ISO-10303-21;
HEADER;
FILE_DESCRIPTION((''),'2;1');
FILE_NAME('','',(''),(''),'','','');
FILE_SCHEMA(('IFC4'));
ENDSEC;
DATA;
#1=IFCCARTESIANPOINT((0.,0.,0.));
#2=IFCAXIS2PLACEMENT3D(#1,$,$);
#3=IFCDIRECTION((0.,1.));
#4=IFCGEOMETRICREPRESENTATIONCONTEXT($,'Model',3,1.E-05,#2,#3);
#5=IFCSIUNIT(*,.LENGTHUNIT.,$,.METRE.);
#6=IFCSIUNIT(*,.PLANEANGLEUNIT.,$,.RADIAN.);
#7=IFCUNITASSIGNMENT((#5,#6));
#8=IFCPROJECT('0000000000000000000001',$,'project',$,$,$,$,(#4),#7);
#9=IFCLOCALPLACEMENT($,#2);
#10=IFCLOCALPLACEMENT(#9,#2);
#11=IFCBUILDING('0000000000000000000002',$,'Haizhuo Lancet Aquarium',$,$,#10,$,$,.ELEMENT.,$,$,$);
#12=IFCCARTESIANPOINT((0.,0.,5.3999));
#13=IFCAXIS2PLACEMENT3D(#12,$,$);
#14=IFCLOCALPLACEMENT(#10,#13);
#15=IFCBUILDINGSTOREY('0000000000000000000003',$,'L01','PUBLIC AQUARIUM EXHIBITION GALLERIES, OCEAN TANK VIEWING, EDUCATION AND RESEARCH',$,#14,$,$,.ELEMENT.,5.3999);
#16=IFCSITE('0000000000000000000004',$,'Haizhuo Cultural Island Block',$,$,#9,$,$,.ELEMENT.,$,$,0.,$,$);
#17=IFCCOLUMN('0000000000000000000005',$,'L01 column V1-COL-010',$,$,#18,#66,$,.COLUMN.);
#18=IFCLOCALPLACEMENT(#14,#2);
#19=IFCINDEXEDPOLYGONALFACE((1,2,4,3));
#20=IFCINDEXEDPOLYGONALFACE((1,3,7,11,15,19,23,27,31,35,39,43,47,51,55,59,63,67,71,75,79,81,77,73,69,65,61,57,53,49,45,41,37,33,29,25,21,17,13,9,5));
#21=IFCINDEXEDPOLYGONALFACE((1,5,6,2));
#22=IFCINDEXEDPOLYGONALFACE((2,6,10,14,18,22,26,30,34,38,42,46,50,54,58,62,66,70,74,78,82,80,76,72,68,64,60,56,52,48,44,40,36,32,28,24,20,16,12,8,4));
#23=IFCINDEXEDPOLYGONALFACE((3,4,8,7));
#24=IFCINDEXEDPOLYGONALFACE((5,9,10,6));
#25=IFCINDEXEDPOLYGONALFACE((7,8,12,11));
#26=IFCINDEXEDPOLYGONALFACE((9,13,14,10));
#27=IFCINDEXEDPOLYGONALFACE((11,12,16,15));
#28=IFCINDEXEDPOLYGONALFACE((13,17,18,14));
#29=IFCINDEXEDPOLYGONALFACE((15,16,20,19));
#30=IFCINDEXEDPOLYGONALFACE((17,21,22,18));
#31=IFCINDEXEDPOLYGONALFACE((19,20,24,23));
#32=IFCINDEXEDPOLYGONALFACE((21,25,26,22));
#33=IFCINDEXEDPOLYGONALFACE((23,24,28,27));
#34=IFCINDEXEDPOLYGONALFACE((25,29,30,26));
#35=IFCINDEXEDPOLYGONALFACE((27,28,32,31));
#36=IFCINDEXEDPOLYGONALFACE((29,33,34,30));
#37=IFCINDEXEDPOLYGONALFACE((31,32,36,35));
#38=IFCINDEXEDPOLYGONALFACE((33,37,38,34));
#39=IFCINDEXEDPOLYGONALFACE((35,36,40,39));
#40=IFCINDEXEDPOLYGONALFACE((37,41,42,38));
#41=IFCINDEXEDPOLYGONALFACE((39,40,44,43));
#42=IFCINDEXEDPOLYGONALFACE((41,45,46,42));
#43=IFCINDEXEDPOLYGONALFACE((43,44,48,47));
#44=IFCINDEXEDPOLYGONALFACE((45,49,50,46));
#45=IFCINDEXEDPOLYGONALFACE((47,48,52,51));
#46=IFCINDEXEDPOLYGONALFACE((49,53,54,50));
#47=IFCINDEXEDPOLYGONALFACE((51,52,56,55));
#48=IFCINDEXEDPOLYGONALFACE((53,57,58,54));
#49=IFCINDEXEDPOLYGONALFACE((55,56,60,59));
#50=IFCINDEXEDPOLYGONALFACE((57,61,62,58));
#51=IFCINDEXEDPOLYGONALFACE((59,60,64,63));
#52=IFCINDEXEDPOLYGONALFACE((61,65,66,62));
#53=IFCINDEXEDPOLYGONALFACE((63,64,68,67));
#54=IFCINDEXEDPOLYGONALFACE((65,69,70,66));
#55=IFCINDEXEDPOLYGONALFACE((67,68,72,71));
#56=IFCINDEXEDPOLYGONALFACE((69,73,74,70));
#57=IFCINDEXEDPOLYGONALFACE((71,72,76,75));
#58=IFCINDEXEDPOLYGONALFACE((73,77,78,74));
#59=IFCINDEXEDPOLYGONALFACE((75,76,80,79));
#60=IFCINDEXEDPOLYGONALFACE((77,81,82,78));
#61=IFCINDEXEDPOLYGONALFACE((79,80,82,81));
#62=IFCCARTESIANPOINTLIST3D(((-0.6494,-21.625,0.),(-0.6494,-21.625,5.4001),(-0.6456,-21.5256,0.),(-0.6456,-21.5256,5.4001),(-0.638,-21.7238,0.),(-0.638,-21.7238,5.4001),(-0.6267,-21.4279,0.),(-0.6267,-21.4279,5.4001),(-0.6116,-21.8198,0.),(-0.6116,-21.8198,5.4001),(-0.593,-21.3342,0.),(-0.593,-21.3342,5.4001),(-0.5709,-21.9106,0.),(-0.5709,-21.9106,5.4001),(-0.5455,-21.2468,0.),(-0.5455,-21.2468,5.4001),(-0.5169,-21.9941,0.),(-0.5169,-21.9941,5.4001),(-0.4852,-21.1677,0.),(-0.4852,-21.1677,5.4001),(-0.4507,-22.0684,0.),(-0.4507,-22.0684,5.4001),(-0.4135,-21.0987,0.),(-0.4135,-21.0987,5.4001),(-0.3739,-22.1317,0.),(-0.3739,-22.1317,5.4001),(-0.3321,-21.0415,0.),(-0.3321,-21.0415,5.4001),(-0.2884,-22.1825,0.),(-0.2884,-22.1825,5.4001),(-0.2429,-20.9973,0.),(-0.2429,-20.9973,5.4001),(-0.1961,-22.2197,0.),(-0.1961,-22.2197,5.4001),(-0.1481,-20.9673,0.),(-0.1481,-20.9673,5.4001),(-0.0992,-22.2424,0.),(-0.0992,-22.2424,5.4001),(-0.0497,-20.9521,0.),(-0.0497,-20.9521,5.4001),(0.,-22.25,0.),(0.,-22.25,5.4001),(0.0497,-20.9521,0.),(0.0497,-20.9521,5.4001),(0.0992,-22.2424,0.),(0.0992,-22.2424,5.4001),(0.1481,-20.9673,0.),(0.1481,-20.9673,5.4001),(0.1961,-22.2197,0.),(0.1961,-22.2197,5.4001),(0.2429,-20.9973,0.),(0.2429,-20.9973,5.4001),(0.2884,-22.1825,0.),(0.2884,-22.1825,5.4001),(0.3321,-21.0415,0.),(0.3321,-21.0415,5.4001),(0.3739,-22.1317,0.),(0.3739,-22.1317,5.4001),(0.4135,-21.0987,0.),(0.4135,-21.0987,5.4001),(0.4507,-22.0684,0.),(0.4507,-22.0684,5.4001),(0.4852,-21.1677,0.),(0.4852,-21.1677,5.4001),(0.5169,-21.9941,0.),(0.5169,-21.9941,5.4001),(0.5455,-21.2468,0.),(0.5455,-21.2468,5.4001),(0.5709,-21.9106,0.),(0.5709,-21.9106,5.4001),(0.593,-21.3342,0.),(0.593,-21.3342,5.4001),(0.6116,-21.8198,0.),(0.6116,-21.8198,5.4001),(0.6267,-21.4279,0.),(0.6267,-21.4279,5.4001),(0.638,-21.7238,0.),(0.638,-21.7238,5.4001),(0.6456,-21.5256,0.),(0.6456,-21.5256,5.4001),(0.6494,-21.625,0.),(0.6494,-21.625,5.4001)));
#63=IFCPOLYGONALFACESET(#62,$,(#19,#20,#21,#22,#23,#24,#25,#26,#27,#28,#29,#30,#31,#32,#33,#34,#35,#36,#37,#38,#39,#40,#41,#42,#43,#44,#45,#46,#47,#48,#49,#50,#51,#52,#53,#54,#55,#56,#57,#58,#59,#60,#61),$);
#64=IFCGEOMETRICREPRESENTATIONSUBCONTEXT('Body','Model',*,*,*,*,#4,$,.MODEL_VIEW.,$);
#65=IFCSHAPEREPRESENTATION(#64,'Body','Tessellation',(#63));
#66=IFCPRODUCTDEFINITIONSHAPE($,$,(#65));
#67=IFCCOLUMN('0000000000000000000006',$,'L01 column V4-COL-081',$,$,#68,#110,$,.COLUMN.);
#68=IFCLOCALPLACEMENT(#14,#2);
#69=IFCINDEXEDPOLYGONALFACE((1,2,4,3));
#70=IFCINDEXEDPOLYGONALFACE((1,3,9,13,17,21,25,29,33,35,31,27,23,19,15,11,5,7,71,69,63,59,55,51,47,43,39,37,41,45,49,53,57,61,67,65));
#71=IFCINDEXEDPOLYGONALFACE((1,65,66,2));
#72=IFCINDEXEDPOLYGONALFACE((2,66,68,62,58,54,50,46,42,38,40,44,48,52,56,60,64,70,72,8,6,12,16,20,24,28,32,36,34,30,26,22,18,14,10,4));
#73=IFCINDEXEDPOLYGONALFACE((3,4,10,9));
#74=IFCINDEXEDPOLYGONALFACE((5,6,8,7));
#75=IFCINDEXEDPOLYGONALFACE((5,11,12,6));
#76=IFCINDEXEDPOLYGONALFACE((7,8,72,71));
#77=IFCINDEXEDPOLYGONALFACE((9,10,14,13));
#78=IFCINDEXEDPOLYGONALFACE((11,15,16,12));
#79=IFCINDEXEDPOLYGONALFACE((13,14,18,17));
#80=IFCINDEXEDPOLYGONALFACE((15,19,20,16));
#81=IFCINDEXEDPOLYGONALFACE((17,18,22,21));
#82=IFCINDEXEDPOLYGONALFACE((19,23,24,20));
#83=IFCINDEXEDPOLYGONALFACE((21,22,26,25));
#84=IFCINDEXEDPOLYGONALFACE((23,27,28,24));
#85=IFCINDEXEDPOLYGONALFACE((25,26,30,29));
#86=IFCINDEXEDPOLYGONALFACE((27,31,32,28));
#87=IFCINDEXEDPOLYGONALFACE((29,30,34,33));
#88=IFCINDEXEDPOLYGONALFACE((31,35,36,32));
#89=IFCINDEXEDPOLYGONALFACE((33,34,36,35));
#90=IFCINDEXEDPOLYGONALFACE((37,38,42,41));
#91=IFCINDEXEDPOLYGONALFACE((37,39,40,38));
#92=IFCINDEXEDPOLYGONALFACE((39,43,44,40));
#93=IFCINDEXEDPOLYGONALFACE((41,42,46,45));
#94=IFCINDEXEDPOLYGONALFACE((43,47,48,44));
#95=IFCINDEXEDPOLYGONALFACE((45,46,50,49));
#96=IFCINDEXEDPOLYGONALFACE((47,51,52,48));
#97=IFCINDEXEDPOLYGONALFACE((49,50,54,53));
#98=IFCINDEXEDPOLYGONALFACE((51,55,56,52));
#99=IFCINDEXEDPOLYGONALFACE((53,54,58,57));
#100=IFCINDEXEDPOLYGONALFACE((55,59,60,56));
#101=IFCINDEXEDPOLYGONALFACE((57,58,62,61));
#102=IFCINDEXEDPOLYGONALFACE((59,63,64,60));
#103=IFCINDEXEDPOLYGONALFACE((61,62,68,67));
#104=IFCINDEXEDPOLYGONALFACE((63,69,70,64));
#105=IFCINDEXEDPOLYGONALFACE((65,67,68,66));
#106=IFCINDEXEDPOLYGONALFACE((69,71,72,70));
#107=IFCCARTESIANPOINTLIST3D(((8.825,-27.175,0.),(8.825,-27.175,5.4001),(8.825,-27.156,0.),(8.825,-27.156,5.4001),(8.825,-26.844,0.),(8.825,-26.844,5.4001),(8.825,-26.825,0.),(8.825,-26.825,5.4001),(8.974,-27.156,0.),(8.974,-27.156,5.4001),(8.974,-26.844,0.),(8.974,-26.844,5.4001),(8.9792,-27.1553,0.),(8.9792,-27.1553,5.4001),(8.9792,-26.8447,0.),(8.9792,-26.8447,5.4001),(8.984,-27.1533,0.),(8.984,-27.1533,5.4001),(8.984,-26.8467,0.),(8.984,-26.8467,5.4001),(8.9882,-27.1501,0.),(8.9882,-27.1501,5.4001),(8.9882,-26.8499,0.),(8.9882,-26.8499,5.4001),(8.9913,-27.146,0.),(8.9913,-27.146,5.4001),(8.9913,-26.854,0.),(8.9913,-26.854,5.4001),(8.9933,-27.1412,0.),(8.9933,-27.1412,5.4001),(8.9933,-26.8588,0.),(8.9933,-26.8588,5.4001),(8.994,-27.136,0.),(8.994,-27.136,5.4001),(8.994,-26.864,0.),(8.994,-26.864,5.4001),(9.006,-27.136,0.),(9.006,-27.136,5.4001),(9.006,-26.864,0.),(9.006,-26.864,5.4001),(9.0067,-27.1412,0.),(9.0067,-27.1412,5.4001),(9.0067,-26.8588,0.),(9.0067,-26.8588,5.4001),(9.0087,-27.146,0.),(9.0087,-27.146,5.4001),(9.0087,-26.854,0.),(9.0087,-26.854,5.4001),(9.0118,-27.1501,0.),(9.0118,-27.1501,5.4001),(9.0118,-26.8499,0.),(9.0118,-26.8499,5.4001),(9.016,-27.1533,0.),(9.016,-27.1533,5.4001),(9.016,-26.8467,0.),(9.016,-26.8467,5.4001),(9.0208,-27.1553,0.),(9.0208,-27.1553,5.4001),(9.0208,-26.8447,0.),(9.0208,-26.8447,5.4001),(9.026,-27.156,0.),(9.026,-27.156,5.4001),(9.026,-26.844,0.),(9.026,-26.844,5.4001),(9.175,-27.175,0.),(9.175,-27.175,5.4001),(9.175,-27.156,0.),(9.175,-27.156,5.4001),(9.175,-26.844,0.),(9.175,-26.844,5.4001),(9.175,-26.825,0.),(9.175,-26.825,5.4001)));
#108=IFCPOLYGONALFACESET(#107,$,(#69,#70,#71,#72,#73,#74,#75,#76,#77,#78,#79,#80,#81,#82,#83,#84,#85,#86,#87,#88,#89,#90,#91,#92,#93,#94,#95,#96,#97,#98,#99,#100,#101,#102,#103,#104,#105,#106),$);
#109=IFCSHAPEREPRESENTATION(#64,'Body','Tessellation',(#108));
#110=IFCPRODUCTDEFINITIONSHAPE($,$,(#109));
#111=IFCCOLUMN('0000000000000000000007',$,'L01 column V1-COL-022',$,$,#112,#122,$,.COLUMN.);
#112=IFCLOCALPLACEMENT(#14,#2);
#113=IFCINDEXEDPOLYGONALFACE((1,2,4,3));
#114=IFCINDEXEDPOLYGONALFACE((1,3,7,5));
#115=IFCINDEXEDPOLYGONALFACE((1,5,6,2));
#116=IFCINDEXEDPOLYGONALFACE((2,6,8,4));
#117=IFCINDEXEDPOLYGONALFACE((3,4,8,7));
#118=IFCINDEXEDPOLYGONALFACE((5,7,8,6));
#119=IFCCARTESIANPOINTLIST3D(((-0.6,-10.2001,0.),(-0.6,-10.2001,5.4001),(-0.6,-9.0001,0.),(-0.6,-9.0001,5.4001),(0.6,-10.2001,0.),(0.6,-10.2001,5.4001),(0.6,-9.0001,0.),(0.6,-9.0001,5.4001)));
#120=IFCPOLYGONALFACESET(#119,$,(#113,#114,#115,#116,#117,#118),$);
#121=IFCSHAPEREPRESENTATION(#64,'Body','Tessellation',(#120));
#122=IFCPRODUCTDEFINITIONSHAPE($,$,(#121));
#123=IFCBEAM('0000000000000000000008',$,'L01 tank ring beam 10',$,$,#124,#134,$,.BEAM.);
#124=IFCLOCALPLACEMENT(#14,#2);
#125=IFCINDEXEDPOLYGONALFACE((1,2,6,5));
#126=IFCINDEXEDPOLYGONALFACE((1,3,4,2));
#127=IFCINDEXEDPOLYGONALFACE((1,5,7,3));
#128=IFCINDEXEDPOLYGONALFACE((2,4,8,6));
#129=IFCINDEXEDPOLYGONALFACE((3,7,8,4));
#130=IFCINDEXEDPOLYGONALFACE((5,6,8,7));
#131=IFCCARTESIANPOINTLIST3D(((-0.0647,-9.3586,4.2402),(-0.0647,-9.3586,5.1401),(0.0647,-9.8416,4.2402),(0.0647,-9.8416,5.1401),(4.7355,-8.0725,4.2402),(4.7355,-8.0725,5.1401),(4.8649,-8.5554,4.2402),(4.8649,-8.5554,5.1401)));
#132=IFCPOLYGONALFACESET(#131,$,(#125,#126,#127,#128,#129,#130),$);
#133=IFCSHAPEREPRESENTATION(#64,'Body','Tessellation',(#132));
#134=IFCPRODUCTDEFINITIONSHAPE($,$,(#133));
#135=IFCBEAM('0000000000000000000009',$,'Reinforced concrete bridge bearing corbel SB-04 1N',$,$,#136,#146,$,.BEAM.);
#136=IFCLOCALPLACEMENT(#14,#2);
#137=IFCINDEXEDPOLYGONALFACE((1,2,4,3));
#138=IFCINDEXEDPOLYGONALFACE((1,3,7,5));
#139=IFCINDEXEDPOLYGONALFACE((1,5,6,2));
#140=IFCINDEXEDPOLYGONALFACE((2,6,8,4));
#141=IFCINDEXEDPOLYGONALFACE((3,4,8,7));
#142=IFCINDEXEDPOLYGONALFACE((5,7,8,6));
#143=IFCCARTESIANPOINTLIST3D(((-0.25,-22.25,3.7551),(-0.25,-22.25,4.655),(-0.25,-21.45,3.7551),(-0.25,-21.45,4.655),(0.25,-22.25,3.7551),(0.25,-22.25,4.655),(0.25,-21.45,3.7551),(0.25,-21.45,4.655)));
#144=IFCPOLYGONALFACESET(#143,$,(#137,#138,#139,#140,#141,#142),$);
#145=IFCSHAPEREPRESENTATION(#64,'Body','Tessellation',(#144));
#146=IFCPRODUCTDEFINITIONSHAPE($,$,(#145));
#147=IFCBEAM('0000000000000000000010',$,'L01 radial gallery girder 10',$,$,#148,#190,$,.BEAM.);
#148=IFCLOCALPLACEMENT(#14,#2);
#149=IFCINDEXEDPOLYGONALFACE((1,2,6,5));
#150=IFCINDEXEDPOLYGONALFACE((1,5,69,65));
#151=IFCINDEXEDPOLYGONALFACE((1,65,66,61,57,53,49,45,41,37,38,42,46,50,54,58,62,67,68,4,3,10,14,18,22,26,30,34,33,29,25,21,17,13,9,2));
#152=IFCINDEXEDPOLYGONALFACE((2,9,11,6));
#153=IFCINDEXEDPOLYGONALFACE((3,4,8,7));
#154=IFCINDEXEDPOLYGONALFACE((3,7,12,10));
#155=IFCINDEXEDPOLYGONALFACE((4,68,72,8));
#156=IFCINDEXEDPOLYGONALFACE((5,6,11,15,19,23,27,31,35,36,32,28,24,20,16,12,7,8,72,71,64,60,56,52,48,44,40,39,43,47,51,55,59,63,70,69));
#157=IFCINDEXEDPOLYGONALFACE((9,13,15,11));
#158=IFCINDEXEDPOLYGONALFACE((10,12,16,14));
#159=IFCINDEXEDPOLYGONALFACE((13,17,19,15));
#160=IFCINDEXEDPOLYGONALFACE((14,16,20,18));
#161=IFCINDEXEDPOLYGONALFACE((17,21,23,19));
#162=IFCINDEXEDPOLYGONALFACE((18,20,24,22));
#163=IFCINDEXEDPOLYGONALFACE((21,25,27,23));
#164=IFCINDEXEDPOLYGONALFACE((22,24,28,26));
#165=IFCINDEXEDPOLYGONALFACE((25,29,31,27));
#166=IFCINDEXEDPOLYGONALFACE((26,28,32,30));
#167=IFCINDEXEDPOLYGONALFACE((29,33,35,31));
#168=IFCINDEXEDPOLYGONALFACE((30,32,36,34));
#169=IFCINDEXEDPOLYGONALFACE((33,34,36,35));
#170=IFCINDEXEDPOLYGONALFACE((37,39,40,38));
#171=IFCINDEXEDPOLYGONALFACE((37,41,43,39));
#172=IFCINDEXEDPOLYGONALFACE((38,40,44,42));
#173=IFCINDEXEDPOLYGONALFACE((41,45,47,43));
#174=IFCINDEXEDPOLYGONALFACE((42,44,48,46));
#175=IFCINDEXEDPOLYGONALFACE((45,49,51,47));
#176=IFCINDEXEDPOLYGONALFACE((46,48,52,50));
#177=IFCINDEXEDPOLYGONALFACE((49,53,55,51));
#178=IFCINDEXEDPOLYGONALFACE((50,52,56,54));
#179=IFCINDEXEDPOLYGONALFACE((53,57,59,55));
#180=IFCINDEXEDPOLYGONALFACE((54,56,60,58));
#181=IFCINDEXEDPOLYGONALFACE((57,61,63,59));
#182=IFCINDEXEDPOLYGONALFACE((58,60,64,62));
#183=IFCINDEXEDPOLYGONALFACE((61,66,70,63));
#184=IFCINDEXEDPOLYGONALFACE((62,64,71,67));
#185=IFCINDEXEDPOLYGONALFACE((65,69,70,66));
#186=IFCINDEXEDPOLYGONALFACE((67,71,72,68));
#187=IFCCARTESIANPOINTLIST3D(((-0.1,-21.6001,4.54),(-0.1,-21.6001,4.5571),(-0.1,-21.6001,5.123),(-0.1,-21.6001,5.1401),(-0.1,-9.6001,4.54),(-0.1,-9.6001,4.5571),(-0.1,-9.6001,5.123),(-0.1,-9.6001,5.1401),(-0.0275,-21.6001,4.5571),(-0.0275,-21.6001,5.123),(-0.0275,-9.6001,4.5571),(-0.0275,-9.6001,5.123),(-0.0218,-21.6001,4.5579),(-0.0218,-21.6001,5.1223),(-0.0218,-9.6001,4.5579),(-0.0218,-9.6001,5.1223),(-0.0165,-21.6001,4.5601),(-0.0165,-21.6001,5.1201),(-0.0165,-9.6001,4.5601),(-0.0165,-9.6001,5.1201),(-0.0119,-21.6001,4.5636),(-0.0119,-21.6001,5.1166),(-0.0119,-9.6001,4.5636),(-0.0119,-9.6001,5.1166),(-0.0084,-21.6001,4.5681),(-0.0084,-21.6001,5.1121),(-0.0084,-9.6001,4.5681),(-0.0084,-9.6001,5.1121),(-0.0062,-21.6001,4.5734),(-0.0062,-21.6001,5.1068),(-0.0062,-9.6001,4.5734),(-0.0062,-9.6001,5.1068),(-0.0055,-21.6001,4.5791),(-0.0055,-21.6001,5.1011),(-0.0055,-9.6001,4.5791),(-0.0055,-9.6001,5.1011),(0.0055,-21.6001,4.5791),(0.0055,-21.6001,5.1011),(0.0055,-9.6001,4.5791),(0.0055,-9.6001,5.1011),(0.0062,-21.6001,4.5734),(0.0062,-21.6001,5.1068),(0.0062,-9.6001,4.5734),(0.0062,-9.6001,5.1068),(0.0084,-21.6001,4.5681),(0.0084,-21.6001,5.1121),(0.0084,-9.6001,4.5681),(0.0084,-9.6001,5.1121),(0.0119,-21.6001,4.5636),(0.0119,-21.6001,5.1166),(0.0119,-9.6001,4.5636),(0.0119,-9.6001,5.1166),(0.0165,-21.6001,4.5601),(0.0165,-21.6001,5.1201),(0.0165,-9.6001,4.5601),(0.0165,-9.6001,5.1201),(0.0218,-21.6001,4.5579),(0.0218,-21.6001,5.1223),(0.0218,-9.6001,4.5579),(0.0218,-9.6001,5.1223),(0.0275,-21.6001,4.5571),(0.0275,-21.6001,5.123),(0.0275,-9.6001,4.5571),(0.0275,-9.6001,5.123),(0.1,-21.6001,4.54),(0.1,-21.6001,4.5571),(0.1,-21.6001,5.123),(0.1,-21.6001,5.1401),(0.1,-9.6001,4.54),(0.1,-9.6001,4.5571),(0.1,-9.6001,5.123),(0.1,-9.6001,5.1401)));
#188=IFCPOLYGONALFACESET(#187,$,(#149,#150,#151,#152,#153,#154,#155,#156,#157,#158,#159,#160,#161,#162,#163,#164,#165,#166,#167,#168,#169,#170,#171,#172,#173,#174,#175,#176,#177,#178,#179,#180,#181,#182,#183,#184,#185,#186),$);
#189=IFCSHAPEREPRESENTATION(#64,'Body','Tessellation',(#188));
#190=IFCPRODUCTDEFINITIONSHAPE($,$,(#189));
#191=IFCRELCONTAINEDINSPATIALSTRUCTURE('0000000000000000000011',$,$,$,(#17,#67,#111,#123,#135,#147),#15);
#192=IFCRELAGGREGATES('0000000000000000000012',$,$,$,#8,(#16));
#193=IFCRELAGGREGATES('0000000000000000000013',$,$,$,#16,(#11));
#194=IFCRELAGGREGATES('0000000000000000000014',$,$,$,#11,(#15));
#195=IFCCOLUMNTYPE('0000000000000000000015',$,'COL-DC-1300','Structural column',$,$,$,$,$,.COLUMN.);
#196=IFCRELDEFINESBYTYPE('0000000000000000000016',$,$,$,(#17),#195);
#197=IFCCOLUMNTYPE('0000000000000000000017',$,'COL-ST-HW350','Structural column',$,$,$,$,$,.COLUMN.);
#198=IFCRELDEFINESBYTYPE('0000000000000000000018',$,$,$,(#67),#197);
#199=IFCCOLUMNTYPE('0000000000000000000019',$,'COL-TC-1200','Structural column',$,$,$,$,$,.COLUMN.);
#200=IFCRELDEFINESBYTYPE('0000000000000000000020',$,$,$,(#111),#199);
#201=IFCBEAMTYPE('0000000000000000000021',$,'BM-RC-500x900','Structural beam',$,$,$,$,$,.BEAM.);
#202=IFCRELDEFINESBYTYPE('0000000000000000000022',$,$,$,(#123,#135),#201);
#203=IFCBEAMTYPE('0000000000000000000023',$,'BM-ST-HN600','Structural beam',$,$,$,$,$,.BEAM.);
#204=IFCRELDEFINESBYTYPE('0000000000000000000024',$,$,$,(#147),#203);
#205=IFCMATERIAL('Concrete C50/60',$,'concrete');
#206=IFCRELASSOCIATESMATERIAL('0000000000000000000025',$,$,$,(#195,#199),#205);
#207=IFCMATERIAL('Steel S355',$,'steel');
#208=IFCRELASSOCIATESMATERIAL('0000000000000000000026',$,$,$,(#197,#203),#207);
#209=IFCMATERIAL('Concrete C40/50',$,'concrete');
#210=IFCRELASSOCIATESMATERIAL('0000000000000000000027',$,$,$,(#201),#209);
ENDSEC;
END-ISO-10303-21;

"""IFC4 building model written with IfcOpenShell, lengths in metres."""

from ifc_helpers import new_model, si_unit, direction, frame, origin, origin_2d, place, context, subcontext, project, spatial, rectangle, circle, i_section, extrude, material, material_profile, profile_set, type_object, element, save


model = new_model("IFC4")

# Units and contexts
model_context = context("Model", 3, precision=1e-05, world=origin(), true_north=direction((0.0, 1.0)))
body_context = subcontext(model_context, "Body", "Model", "MODEL_VIEW")
ifc_project = project(units=[si_unit("LENGTHUNIT", "METRE"), si_unit("PLANEANGLEUNIT", "RADIAN")], contexts=[model_context])

# Site, building, storey
site_placement = place(None, origin())
site = spatial("IfcSite", under=ifc_project, at=site_placement, Name="Haizhuo Cultural Island Block", CompositionType="ELEMENT", RefElevation=0.0)
building_placement = place(site_placement, origin())
building = spatial("IfcBuilding", under=site, at=building_placement, Name="Haizhuo Lancet Aquarium", CompositionType="ELEMENT")
storey_placement = place(building_placement, frame((0.0, 0.0, 5.3999)))
storey = spatial("IfcBuildingStorey", under=building, at=storey_placement, Name="L01", Description="PUBLIC AQUARIUM EXHIBITION GALLERIES, OCEAN TANK VIEWING, EDUCATION AND RESEARCH", CompositionType="ELEMENT", Elevation=5.3999)

# Columns
ifc_material_1 = material(Name="Concrete C50/60", Category="concrete")
ifc_material_profile_1 = material_profile(ifc_material_1, circle(Radius=0.6499, at=origin_2d()), Name="RC-DC 1300")
ifc_profile_set_1 = profile_set([ifc_material_profile_1], Name="Concrete C50/60")
column_type_1 = type_object("IfcColumnType", Name="COL-DC-1300", Description="Structural column", PredefinedType="COLUMN", material=ifc_profile_set_1)
column_1_placement = place(storey_placement, frame((0.0, -21.6001, 0.0), z_axis=(0.0, 0.0, 1.0), x_axis=(0.0, -1.0, 0.0)))
element("IfcColumn", 1, at=column_1_placement, inside=storey, type_object=column_type_1, Name="L01 column V1-COL-010", PredefinedType="COLUMN", context=body_context, shape_type="SweptSolid", body=[
    extrude(circle(Radius=0.6499, at=origin_2d()), origin(), (0.0, 0.0, 1.0), 5.4001),
])
ifc_material_2 = material(Name="Steel S355", Category="steel")
ifc_material_profile_2 = material_profile(ifc_material_2, i_section(OverallWidth=0.3501, OverallDepth=0.3501, WebThickness=0.012, FlangeThickness=0.019, FilletRadius=0.02, at=origin_2d()), Name="HW 350x350x12x19")
ifc_profile_set_2 = profile_set([ifc_material_profile_2], Name="Steel S355")
column_type_2 = type_object("IfcColumnType", Name="COL-ST-HW350", Description="Structural column", PredefinedType="COLUMN", material=ifc_profile_set_2)
column_2_placement = place(storey_placement, frame((9.0, -27.0, 0.0), z_axis=(0.0, 0.0, 1.0), x_axis=(1.0, 0.0, 0.0)))
element("IfcColumn", 2, at=column_2_placement, inside=storey, type_object=column_type_2, Name="L01 column V4-COL-081", PredefinedType="COLUMN", context=body_context, shape_type="SweptSolid", body=[
    extrude(i_section(OverallWidth=0.3501, OverallDepth=0.3501, WebThickness=0.012, FlangeThickness=0.019, FilletRadius=0.02, at=origin_2d()), origin(), (0.0, 0.0, 1.0), 5.4001),
])
ifc_material_profile_3 = material_profile(ifc_material_1, rectangle(XDim=1.2, YDim=1.2, at=origin_2d()), Name="RC-COL 1200x1200")
ifc_profile_set_3 = profile_set([ifc_material_profile_3], Name="Concrete C50/60")
column_type_3 = type_object("IfcColumnType", Name="COL-TC-1200", Description="Structural column", PredefinedType="COLUMN", material=ifc_profile_set_3)
column_3_placement = place(storey_placement, frame((0.0, -9.6001, 0.0), z_axis=(0.0, 0.0, 1.0), x_axis=(0.0, -1.0, 0.0)))
element("IfcColumn", 3, at=column_3_placement, inside=storey, type_object=column_type_3, Name="L01 column V1-COL-022", PredefinedType="COLUMN", context=body_context, shape_type="SweptSolid", body=[
    extrude(rectangle(XDim=1.2, YDim=1.2, at=origin_2d()), origin(), (0.0, 0.0, 1.0), 5.4001),
])

# Beams
ifc_material_3 = material(Name="Concrete C40/50", Category="concrete")
ifc_material_profile_4 = material_profile(ifc_material_3, rectangle(XDim=0.5, YDim=0.8999, at=origin_2d()), Name="RC-BM 500x900")
ifc_profile_set_4 = profile_set([ifc_material_profile_4], Name="Concrete C40/50")
beam_type_1 = type_object("IfcBeamType", Name="BM-RC-500x900", Description="Structural beam", PredefinedType="BEAM", material=ifc_profile_set_4)
beam_1_placement = place(storey_placement, frame((0.0, -9.6001, 4.6902), z_axis=(0.965928, 0.258812, 0.0), x_axis=(-0.258812, 0.965928, 0.0)))
element("IfcBeam", 4, at=beam_1_placement, inside=storey, type_object=beam_type_1, Name="L01 tank ring beam 10", PredefinedType="BEAM", context=body_context, shape_type="SweptSolid", body=[
    extrude(rectangle(XDim=0.5, YDim=0.8999, at=origin_2d()), origin(), (0.0, 0.0, 1.0), 4.9695),
])
beam_2_placement = place(storey_placement, frame((0.0, -21.45, 4.2051), z_axis=(0.0, -1.0, 0.0), x_axis=(1.0, 0.0, 0.0)))
element("IfcBeam", 5, at=beam_2_placement, inside=storey, type_object=beam_type_1, Name="Reinforced concrete bridge bearing corbel SB-04 1N", PredefinedType="BEAM", context=body_context, shape_type="SweptSolid", body=[
    extrude(rectangle(XDim=0.5, YDim=0.8999, at=origin_2d()), origin(), (0.0, 0.0, 1.0), 0.8),
])
ifc_material_profile_5 = material_profile(ifc_material_2, i_section(OverallWidth=0.2, OverallDepth=0.6001, WebThickness=0.011, FlangeThickness=0.0171, FilletRadius=0.022, at=origin_2d()), Name="HN 600x200x11x17")
ifc_profile_set_5 = profile_set([ifc_material_profile_5], Name="Steel S355")
beam_type_2 = type_object("IfcBeamType", Name="BM-ST-HN600", Description="Structural beam", PredefinedType="BEAM", material=ifc_profile_set_5)
beam_3_placement = place(storey_placement, frame((0.0, -9.6001, 4.8401), z_axis=(0.0, -1.0, 0.0), x_axis=(1.0, 0.0, 0.0)))
element("IfcBeam", 6, at=beam_3_placement, inside=storey, type_object=beam_type_2, Name="L01 radial gallery girder 10", PredefinedType="BEAM", context=body_context, shape_type="SweptSolid", body=[
    extrude(i_section(OverallWidth=0.2, OverallDepth=0.6001, WebThickness=0.011, FlangeThickness=0.0171, FilletRadius=0.022, at=origin_2d()), origin(), (0.0, 0.0, 1.0), 12.0),
])

save(model, "model.ifc")
